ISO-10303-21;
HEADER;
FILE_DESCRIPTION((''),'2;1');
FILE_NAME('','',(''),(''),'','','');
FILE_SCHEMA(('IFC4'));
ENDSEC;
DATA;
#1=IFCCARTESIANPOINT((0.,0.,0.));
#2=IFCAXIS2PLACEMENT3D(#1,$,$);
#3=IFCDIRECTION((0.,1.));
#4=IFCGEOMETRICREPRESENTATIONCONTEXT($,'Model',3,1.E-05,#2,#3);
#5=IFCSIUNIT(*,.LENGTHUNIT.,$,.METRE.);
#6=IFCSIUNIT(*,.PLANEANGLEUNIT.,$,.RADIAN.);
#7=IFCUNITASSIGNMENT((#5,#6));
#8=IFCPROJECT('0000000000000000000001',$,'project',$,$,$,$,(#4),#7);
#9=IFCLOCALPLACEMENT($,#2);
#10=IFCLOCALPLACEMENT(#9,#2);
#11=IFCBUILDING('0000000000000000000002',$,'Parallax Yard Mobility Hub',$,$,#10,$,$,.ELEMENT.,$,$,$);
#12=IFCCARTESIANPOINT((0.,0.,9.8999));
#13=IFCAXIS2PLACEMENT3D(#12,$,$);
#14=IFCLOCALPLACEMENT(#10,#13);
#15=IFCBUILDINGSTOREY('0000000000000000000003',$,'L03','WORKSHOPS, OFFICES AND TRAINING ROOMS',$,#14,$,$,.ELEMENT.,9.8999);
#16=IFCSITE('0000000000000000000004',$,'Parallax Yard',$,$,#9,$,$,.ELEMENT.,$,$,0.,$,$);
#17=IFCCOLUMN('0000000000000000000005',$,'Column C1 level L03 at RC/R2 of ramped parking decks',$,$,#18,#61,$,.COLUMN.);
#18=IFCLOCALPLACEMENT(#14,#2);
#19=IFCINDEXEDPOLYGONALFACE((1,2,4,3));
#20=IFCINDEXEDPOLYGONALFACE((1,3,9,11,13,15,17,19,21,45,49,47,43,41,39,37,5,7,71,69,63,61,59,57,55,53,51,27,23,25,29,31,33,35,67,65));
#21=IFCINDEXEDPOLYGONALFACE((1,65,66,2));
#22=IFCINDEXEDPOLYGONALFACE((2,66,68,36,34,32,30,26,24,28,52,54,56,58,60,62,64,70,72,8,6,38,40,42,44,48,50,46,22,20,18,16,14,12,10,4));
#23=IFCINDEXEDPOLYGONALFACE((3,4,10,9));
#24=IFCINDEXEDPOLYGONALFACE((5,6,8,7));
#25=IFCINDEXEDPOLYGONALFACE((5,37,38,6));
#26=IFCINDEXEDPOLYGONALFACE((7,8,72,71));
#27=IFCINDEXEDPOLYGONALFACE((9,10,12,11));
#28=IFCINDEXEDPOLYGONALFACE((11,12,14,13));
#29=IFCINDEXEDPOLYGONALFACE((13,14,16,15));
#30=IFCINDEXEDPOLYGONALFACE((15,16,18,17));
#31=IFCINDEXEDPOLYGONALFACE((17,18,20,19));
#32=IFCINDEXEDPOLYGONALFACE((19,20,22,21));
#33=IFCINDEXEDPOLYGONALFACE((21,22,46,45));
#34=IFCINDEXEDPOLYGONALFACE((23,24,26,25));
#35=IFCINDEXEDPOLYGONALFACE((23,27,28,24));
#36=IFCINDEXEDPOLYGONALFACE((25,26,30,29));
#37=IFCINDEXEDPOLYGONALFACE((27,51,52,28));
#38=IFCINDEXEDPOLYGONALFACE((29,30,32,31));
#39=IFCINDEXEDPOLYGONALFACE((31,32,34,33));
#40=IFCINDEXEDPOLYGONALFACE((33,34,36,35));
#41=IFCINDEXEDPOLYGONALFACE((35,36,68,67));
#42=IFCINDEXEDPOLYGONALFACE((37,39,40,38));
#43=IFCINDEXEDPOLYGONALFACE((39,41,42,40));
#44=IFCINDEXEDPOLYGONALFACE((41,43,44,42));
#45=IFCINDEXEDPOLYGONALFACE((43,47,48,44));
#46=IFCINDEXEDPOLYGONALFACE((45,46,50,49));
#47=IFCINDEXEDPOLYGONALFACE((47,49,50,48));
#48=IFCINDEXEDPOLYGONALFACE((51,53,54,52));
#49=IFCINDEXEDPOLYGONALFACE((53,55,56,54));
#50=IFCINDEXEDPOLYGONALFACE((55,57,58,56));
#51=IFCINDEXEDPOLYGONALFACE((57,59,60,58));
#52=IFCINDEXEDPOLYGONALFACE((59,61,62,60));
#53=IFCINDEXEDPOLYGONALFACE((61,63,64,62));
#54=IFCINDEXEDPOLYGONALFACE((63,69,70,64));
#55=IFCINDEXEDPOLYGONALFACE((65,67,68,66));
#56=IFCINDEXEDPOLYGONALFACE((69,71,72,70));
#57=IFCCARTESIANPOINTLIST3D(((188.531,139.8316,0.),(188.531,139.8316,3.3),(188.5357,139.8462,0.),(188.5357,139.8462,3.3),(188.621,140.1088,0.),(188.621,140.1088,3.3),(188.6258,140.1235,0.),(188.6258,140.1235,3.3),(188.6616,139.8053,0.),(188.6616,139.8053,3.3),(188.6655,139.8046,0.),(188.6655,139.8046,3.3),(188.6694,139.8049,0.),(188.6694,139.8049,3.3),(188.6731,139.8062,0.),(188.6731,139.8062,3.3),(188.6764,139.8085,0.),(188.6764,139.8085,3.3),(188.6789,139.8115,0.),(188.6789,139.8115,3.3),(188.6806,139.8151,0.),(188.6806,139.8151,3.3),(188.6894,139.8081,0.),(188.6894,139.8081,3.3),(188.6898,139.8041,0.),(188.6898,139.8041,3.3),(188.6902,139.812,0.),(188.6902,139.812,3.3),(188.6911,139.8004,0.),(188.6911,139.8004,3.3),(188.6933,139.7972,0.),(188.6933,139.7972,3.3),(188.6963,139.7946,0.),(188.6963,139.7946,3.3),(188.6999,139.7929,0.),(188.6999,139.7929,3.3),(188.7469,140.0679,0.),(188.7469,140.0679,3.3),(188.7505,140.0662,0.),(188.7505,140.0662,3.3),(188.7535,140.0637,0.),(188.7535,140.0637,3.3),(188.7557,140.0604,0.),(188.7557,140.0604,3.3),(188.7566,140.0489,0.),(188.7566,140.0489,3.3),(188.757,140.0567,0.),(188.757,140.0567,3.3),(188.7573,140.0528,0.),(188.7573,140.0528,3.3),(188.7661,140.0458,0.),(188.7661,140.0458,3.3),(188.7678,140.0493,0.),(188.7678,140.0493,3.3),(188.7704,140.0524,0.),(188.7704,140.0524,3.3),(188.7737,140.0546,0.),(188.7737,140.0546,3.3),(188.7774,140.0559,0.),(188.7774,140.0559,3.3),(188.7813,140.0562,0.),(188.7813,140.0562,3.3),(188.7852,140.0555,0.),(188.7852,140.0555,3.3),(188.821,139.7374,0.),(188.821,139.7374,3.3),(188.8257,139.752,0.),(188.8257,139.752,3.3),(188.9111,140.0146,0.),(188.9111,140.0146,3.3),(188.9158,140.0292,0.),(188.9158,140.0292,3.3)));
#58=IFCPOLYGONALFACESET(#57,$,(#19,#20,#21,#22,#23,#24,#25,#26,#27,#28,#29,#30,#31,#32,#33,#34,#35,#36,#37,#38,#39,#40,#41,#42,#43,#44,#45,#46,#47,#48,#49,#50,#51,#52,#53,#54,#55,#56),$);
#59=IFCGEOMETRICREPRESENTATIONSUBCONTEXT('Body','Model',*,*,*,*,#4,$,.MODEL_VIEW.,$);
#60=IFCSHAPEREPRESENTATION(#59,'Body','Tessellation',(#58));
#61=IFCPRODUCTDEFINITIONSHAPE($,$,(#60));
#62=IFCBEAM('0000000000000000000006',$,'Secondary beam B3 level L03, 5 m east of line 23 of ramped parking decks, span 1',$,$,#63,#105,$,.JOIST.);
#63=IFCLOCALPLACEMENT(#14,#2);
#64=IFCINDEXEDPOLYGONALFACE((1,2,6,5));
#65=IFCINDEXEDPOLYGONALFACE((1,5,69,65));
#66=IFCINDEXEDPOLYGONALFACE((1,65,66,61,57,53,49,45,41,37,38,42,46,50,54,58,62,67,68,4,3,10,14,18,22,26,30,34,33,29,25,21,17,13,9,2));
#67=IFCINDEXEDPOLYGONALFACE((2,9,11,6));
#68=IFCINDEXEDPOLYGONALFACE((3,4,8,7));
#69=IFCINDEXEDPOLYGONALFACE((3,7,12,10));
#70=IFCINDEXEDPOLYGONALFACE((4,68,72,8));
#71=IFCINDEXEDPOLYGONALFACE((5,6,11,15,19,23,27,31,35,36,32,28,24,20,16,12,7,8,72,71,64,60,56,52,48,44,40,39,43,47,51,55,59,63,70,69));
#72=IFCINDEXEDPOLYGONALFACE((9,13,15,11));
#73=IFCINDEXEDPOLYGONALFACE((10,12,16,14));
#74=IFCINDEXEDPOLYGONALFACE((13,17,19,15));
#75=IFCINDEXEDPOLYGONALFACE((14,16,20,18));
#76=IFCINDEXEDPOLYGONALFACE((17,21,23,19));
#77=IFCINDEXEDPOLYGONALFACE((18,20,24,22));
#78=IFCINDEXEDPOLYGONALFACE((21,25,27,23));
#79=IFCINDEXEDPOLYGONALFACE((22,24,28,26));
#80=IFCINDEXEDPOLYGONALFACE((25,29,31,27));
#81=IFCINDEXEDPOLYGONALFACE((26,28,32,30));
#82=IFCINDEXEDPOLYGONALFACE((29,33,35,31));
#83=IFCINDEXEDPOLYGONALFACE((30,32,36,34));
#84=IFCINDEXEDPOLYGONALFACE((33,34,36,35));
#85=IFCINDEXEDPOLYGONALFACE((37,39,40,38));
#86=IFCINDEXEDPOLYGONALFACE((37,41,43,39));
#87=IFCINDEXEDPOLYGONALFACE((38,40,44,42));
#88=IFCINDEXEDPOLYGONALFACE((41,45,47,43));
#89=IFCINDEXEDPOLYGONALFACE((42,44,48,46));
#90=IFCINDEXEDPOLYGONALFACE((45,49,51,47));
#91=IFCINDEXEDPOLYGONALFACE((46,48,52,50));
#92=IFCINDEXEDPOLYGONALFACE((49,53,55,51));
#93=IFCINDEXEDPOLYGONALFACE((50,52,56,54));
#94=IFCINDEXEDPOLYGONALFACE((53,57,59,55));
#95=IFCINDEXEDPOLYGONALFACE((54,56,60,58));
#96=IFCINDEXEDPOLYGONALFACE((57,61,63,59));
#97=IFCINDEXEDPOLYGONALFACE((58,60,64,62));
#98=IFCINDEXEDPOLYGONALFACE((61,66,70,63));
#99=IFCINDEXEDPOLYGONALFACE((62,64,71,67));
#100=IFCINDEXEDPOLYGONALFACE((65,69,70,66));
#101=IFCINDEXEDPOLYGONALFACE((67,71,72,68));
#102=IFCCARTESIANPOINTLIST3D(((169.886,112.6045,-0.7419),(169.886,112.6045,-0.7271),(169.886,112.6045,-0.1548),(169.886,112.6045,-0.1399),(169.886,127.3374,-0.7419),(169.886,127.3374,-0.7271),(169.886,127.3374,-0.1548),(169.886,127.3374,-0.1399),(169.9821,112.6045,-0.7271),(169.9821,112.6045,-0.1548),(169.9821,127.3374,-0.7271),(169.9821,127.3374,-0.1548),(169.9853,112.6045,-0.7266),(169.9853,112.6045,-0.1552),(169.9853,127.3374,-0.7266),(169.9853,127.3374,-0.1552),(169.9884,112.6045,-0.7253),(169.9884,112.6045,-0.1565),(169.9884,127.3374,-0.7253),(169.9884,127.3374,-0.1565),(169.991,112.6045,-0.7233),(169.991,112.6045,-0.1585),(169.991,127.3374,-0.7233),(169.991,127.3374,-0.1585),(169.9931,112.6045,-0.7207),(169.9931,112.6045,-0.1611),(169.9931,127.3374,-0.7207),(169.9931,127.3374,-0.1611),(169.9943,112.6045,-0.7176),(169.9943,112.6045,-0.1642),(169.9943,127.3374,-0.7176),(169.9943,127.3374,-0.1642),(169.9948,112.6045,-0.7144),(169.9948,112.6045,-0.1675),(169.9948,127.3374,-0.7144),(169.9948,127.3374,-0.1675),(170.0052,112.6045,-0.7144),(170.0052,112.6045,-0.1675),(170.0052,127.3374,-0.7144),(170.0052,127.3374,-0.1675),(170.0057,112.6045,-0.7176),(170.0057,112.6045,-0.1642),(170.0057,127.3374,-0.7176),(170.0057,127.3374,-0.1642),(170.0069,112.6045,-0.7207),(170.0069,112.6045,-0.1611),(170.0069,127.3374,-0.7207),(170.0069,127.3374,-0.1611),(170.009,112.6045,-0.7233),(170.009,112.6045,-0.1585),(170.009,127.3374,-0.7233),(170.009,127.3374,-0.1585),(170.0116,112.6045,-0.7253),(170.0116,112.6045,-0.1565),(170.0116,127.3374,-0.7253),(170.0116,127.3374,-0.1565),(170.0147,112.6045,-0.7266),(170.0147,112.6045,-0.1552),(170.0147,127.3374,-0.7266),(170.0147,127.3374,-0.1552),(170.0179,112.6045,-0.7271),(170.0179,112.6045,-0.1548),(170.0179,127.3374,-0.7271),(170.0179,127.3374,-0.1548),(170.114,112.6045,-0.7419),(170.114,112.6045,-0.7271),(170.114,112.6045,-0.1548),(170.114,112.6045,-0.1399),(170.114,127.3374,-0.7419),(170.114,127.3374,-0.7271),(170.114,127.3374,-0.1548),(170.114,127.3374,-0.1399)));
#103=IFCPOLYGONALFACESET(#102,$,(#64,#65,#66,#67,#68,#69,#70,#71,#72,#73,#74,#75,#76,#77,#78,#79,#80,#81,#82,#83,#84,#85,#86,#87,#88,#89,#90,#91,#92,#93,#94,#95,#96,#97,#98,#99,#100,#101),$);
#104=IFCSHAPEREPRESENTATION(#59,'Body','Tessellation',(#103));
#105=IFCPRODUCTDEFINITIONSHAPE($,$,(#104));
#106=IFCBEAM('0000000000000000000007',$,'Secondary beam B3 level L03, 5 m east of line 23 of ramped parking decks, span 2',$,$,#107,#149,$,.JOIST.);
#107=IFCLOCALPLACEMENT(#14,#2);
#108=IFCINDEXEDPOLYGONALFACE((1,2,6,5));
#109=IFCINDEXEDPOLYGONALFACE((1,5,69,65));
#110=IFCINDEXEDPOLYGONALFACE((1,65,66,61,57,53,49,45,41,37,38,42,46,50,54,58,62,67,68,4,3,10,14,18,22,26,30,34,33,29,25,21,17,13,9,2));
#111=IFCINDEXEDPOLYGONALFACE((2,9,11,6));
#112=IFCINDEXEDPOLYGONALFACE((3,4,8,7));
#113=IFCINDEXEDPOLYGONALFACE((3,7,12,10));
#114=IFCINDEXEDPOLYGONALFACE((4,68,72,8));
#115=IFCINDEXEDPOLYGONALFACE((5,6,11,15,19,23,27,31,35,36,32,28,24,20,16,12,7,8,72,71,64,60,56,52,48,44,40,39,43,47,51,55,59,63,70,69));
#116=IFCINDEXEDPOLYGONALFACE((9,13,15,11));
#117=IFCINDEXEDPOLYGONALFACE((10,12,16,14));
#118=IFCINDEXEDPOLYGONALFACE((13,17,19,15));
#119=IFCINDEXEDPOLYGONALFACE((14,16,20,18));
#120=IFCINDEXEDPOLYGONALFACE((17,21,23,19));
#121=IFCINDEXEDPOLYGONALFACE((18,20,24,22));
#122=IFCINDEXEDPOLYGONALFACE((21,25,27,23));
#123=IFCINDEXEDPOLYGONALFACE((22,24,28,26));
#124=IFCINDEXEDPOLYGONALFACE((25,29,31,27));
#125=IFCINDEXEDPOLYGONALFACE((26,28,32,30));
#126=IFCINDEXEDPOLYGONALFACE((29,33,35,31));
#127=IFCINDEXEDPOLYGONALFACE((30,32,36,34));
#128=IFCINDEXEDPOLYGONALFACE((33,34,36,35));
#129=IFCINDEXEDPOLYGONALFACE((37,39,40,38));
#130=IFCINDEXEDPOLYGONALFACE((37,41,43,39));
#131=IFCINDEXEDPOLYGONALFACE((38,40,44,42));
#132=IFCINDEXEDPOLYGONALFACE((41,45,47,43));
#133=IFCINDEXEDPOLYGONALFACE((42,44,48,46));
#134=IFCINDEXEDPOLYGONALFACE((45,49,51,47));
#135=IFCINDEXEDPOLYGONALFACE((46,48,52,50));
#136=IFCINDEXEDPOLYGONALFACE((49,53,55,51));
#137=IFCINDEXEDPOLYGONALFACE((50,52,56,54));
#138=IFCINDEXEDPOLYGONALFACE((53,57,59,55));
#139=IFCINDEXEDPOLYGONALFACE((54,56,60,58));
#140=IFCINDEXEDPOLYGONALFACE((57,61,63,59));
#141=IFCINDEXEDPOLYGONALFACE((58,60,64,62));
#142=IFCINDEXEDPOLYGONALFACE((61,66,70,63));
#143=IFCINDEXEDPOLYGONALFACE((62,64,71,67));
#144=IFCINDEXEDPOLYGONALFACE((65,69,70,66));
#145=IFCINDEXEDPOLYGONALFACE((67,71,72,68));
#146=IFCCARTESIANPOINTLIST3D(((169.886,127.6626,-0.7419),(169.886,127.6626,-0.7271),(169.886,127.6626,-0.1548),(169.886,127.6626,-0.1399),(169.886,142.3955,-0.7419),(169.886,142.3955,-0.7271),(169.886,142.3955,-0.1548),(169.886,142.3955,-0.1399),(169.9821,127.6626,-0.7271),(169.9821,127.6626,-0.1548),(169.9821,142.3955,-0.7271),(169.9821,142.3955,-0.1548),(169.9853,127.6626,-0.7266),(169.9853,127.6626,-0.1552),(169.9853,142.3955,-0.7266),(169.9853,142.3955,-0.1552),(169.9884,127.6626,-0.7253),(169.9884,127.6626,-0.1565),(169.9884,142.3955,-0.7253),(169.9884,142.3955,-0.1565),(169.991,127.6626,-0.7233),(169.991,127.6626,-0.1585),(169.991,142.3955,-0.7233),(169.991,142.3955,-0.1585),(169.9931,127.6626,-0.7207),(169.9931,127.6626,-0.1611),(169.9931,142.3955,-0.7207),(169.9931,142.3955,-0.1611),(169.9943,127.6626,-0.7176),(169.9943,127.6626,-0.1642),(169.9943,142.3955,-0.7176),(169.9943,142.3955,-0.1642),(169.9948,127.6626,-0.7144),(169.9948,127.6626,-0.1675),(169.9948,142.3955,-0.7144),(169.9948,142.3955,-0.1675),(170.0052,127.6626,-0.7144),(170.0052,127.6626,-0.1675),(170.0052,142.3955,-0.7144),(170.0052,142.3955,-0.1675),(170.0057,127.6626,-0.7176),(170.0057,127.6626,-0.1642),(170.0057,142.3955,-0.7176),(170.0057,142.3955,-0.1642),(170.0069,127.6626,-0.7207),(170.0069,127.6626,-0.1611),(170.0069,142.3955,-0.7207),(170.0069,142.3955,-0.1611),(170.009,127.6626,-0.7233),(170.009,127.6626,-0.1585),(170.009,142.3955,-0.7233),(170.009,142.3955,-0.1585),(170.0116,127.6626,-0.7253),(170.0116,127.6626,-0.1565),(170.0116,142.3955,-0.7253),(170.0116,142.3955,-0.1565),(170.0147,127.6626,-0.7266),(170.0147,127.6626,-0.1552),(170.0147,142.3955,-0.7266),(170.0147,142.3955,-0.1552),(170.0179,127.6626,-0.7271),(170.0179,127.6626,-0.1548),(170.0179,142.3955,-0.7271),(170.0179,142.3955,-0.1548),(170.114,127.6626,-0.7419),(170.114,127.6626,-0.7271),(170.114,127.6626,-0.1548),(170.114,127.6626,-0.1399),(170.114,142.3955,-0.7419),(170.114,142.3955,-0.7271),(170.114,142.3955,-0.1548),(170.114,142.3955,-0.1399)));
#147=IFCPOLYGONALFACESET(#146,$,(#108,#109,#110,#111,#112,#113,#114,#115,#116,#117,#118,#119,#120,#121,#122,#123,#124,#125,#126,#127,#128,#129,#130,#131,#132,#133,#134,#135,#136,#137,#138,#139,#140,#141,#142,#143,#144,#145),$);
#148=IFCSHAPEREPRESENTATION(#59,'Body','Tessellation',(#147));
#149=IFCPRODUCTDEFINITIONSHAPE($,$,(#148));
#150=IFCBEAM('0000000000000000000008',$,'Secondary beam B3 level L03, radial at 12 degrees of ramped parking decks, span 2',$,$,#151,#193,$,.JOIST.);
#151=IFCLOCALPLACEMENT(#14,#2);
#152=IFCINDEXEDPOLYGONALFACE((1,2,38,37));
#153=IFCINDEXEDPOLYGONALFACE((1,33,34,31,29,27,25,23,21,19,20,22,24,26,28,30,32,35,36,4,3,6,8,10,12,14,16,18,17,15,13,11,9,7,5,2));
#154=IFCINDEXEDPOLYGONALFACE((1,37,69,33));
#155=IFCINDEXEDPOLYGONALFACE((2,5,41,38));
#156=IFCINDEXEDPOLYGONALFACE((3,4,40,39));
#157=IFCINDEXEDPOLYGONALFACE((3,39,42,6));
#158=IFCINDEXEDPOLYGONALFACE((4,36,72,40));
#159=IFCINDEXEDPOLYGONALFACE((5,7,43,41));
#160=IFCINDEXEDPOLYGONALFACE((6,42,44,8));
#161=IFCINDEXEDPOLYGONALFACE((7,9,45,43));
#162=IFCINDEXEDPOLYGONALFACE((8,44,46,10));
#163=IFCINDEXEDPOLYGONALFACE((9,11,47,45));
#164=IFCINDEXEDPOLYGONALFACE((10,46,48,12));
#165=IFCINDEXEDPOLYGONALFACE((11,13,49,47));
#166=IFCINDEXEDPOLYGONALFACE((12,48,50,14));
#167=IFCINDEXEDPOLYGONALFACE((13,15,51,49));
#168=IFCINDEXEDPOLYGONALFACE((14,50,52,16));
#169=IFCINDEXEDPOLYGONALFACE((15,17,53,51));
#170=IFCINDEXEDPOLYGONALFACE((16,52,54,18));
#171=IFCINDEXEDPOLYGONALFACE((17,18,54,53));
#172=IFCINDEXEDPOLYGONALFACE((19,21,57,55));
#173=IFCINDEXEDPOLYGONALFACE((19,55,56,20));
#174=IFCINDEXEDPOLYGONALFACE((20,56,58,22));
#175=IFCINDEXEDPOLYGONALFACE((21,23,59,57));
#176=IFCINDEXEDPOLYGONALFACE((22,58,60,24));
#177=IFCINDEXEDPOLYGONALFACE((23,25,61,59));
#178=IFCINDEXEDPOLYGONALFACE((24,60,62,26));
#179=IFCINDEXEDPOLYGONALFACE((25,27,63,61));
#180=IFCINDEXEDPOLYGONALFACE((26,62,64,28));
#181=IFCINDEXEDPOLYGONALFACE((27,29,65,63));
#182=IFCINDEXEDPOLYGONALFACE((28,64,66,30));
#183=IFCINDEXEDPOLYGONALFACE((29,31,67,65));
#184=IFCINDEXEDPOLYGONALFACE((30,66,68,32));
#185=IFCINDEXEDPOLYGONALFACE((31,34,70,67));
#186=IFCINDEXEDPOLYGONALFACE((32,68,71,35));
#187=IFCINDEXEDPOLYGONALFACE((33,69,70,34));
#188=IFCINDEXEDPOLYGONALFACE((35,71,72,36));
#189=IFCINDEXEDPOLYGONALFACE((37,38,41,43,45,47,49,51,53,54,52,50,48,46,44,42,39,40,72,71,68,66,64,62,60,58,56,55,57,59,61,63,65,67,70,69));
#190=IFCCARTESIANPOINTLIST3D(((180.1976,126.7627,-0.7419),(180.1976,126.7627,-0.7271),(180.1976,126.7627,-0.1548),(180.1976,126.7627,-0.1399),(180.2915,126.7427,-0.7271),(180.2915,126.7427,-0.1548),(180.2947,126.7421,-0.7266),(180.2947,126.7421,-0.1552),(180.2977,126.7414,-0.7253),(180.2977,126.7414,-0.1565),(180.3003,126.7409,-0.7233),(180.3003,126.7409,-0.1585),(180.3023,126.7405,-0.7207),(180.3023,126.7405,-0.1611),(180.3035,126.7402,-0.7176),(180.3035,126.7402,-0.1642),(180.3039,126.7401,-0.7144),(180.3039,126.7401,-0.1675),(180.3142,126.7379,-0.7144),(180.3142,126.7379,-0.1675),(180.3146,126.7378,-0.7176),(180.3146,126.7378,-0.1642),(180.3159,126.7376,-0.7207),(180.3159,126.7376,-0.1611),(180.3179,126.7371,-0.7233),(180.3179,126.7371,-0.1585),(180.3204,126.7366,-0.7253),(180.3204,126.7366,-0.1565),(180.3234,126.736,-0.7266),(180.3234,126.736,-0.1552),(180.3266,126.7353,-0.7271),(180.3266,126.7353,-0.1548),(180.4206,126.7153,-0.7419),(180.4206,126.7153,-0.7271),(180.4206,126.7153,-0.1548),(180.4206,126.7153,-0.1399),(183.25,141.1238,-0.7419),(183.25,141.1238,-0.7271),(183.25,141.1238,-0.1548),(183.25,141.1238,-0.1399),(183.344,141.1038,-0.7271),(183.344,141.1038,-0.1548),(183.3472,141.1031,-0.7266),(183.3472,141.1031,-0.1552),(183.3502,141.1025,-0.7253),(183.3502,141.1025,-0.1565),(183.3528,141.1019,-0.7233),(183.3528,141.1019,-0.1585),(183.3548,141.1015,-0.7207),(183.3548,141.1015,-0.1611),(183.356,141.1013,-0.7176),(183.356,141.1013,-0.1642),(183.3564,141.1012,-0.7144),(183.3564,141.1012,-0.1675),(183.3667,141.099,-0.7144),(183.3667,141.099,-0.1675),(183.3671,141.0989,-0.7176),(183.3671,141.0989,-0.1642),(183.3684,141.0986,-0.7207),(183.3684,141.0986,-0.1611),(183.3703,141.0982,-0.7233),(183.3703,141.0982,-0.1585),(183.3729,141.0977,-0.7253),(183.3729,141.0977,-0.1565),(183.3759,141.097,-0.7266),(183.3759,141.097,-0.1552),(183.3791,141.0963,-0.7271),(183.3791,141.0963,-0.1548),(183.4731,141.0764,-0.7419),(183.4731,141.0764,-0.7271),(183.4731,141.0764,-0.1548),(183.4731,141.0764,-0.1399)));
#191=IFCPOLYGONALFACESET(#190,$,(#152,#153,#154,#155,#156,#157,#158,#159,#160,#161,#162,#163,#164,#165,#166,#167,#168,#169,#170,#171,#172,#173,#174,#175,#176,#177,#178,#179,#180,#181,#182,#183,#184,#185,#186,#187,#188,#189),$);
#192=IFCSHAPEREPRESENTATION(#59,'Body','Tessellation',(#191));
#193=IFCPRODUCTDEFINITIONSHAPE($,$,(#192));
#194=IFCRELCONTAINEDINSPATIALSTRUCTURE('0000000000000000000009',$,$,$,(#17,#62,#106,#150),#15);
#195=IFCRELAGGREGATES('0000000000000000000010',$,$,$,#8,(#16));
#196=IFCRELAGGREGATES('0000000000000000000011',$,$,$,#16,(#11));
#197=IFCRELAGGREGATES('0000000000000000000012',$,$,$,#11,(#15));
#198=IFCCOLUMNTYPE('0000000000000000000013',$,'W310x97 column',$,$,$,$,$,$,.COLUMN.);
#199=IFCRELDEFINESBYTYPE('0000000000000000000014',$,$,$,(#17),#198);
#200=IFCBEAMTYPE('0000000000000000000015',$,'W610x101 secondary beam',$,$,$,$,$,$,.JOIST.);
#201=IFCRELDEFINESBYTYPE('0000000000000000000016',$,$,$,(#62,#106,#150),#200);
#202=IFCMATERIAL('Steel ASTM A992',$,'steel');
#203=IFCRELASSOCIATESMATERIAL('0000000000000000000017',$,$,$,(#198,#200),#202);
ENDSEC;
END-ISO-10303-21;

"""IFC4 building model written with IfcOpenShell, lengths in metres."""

from ifc_helpers import new_model, si_unit, direction, frame, origin, origin_2d, place, context, subcontext, project, spatial, i_section, extrude, material, material_profile, profile_set, type_object, element, save


model = new_model("IFC4")

# Units and contexts
model_context = context("Model", 3, precision=1e-05, world=origin(), true_north=direction((0.0, 1.0)))
body_context = subcontext(model_context, "Body", "Model", "MODEL_VIEW")
ifc_project = project(units=[si_unit("LENGTHUNIT", "METRE"), si_unit("PLANEANGLEUNIT", "RADIAN")], contexts=[model_context])

# Site, building, storey
site_placement = place(None, origin())
site = spatial("IfcSite", under=ifc_project, at=site_placement, Name="Parallax Yard", CompositionType="ELEMENT", RefElevation=0.0)
building_placement = place(site_placement, origin())
building = spatial("IfcBuilding", under=site, at=building_placement, Name="Parallax Yard Mobility Hub", CompositionType="ELEMENT")
storey_placement = place(building_placement, frame((0.0, 0.0, 9.8999)))
storey = spatial("IfcBuildingStorey", under=building, at=storey_placement, Name="L03", Description="WORKSHOPS, OFFICES AND TRAINING ROOMS", CompositionType="ELEMENT", Elevation=9.8999)

# Column
ifc_material_1 = material(Name="Steel ASTM A992", Category="steel")
ifc_material_profile_1 = material_profile(ifc_material_1, i_section(OverallWidth=0.3049, OverallDepth=0.3069, WebThickness=0.01, FlangeThickness=0.0154, FilletRadius=0.0151, at=origin_2d()), Name="W310x97")
ifc_profile_set_1 = profile_set([ifc_material_profile_1], Name="Steel ASTM A992")
column_type_1 = type_object("IfcColumnType", Name="W310x97 column", PredefinedType="COLUMN", material=ifc_profile_set_1)
column_placement = place(storey_placement, frame((188.7234, 139.9304, 0.0), z_axis=(0.0, 0.0, 1.0), x_axis=(-0.951057, 0.309017, 0.0)))
element("IfcColumn", 1, at=column_placement, inside=storey, type_object=column_type_1, Name="Column C1 level L03 at RC/R2 of ramped parking decks", PredefinedType="COLUMN", context=body_context, shape_type="SweptSolid", body=[
    extrude(i_section(OverallWidth=0.3049, OverallDepth=0.3069, WebThickness=0.01, FlangeThickness=0.0154, FilletRadius=0.0151, at=origin_2d()), origin(), (0.0, 0.0, 1.0), 3.3),
])

# Beams
ifc_material_profile_2 = material_profile(ifc_material_1, i_section(OverallWidth=0.228, OverallDepth=0.6021, WebThickness=0.0105, FlangeThickness=0.0149, FilletRadius=0.0127, at=origin_2d()), Name="W610x101")
ifc_profile_set_2 = profile_set([ifc_material_profile_2], Name="Steel ASTM A992")
beam_type_1 = type_object("IfcBeamType", Name="W610x101 secondary beam", PredefinedType="JOIST", material=ifc_profile_set_2)
for number, where, z_axis, x_axis, name in (
    (2, (170.0, 112.6045, -0.4409), (0.0, 1.0, 0.0), (-1.0, 0.0, 0.0), "Secondary beam B3 level L03, 5 m east of line 23 of ramped parking decks, span 1"),
    (3, (170.0, 127.6626, -0.4409), (0.0, 1.0, 0.0), (-1.0, 0.0, 0.0), "Secondary beam B3 level L03, 5 m east of line 23 of ramped parking decks, span 2"),
):
    element("IfcBeam", number, at=place(storey_placement, frame(where, z_axis=z_axis, x_axis=x_axis)), inside=storey, type_object=beam_type_1, Name=name, PredefinedType="JOIST", context=body_context, shape_type="SweptSolid", body=[
        extrude(i_section(OverallWidth=0.228, OverallDepth=0.6021, WebThickness=0.0105, FlangeThickness=0.0149, FilletRadius=0.0127, at=origin_2d()), origin(), (0.0, 0.0, 1.0), 14.7329),
    ])
for number, where, z_axis, x_axis, name in (
    (4, (180.3091, 126.739, -0.4409), (0.207908, 0.978148, 0.0), (-0.978148, 0.207908, 0.0), "Secondary beam B3 level L03, radial at 12 degrees of ramped parking decks, span 2"),
):
    element("IfcBeam", number, at=place(storey_placement, frame(where, z_axis=z_axis, x_axis=x_axis)), inside=storey, type_object=beam_type_1, Name=name, PredefinedType="JOIST", context=body_context, shape_type="SweptSolid", body=[
        extrude(i_section(OverallWidth=0.228, OverallDepth=0.6021, WebThickness=0.0105, FlangeThickness=0.0149, FilletRadius=0.0127, at=origin_2d()), origin(), (0.0, 0.0, 1.0), 14.6819),
    ])

save(model, "model.ifc")
